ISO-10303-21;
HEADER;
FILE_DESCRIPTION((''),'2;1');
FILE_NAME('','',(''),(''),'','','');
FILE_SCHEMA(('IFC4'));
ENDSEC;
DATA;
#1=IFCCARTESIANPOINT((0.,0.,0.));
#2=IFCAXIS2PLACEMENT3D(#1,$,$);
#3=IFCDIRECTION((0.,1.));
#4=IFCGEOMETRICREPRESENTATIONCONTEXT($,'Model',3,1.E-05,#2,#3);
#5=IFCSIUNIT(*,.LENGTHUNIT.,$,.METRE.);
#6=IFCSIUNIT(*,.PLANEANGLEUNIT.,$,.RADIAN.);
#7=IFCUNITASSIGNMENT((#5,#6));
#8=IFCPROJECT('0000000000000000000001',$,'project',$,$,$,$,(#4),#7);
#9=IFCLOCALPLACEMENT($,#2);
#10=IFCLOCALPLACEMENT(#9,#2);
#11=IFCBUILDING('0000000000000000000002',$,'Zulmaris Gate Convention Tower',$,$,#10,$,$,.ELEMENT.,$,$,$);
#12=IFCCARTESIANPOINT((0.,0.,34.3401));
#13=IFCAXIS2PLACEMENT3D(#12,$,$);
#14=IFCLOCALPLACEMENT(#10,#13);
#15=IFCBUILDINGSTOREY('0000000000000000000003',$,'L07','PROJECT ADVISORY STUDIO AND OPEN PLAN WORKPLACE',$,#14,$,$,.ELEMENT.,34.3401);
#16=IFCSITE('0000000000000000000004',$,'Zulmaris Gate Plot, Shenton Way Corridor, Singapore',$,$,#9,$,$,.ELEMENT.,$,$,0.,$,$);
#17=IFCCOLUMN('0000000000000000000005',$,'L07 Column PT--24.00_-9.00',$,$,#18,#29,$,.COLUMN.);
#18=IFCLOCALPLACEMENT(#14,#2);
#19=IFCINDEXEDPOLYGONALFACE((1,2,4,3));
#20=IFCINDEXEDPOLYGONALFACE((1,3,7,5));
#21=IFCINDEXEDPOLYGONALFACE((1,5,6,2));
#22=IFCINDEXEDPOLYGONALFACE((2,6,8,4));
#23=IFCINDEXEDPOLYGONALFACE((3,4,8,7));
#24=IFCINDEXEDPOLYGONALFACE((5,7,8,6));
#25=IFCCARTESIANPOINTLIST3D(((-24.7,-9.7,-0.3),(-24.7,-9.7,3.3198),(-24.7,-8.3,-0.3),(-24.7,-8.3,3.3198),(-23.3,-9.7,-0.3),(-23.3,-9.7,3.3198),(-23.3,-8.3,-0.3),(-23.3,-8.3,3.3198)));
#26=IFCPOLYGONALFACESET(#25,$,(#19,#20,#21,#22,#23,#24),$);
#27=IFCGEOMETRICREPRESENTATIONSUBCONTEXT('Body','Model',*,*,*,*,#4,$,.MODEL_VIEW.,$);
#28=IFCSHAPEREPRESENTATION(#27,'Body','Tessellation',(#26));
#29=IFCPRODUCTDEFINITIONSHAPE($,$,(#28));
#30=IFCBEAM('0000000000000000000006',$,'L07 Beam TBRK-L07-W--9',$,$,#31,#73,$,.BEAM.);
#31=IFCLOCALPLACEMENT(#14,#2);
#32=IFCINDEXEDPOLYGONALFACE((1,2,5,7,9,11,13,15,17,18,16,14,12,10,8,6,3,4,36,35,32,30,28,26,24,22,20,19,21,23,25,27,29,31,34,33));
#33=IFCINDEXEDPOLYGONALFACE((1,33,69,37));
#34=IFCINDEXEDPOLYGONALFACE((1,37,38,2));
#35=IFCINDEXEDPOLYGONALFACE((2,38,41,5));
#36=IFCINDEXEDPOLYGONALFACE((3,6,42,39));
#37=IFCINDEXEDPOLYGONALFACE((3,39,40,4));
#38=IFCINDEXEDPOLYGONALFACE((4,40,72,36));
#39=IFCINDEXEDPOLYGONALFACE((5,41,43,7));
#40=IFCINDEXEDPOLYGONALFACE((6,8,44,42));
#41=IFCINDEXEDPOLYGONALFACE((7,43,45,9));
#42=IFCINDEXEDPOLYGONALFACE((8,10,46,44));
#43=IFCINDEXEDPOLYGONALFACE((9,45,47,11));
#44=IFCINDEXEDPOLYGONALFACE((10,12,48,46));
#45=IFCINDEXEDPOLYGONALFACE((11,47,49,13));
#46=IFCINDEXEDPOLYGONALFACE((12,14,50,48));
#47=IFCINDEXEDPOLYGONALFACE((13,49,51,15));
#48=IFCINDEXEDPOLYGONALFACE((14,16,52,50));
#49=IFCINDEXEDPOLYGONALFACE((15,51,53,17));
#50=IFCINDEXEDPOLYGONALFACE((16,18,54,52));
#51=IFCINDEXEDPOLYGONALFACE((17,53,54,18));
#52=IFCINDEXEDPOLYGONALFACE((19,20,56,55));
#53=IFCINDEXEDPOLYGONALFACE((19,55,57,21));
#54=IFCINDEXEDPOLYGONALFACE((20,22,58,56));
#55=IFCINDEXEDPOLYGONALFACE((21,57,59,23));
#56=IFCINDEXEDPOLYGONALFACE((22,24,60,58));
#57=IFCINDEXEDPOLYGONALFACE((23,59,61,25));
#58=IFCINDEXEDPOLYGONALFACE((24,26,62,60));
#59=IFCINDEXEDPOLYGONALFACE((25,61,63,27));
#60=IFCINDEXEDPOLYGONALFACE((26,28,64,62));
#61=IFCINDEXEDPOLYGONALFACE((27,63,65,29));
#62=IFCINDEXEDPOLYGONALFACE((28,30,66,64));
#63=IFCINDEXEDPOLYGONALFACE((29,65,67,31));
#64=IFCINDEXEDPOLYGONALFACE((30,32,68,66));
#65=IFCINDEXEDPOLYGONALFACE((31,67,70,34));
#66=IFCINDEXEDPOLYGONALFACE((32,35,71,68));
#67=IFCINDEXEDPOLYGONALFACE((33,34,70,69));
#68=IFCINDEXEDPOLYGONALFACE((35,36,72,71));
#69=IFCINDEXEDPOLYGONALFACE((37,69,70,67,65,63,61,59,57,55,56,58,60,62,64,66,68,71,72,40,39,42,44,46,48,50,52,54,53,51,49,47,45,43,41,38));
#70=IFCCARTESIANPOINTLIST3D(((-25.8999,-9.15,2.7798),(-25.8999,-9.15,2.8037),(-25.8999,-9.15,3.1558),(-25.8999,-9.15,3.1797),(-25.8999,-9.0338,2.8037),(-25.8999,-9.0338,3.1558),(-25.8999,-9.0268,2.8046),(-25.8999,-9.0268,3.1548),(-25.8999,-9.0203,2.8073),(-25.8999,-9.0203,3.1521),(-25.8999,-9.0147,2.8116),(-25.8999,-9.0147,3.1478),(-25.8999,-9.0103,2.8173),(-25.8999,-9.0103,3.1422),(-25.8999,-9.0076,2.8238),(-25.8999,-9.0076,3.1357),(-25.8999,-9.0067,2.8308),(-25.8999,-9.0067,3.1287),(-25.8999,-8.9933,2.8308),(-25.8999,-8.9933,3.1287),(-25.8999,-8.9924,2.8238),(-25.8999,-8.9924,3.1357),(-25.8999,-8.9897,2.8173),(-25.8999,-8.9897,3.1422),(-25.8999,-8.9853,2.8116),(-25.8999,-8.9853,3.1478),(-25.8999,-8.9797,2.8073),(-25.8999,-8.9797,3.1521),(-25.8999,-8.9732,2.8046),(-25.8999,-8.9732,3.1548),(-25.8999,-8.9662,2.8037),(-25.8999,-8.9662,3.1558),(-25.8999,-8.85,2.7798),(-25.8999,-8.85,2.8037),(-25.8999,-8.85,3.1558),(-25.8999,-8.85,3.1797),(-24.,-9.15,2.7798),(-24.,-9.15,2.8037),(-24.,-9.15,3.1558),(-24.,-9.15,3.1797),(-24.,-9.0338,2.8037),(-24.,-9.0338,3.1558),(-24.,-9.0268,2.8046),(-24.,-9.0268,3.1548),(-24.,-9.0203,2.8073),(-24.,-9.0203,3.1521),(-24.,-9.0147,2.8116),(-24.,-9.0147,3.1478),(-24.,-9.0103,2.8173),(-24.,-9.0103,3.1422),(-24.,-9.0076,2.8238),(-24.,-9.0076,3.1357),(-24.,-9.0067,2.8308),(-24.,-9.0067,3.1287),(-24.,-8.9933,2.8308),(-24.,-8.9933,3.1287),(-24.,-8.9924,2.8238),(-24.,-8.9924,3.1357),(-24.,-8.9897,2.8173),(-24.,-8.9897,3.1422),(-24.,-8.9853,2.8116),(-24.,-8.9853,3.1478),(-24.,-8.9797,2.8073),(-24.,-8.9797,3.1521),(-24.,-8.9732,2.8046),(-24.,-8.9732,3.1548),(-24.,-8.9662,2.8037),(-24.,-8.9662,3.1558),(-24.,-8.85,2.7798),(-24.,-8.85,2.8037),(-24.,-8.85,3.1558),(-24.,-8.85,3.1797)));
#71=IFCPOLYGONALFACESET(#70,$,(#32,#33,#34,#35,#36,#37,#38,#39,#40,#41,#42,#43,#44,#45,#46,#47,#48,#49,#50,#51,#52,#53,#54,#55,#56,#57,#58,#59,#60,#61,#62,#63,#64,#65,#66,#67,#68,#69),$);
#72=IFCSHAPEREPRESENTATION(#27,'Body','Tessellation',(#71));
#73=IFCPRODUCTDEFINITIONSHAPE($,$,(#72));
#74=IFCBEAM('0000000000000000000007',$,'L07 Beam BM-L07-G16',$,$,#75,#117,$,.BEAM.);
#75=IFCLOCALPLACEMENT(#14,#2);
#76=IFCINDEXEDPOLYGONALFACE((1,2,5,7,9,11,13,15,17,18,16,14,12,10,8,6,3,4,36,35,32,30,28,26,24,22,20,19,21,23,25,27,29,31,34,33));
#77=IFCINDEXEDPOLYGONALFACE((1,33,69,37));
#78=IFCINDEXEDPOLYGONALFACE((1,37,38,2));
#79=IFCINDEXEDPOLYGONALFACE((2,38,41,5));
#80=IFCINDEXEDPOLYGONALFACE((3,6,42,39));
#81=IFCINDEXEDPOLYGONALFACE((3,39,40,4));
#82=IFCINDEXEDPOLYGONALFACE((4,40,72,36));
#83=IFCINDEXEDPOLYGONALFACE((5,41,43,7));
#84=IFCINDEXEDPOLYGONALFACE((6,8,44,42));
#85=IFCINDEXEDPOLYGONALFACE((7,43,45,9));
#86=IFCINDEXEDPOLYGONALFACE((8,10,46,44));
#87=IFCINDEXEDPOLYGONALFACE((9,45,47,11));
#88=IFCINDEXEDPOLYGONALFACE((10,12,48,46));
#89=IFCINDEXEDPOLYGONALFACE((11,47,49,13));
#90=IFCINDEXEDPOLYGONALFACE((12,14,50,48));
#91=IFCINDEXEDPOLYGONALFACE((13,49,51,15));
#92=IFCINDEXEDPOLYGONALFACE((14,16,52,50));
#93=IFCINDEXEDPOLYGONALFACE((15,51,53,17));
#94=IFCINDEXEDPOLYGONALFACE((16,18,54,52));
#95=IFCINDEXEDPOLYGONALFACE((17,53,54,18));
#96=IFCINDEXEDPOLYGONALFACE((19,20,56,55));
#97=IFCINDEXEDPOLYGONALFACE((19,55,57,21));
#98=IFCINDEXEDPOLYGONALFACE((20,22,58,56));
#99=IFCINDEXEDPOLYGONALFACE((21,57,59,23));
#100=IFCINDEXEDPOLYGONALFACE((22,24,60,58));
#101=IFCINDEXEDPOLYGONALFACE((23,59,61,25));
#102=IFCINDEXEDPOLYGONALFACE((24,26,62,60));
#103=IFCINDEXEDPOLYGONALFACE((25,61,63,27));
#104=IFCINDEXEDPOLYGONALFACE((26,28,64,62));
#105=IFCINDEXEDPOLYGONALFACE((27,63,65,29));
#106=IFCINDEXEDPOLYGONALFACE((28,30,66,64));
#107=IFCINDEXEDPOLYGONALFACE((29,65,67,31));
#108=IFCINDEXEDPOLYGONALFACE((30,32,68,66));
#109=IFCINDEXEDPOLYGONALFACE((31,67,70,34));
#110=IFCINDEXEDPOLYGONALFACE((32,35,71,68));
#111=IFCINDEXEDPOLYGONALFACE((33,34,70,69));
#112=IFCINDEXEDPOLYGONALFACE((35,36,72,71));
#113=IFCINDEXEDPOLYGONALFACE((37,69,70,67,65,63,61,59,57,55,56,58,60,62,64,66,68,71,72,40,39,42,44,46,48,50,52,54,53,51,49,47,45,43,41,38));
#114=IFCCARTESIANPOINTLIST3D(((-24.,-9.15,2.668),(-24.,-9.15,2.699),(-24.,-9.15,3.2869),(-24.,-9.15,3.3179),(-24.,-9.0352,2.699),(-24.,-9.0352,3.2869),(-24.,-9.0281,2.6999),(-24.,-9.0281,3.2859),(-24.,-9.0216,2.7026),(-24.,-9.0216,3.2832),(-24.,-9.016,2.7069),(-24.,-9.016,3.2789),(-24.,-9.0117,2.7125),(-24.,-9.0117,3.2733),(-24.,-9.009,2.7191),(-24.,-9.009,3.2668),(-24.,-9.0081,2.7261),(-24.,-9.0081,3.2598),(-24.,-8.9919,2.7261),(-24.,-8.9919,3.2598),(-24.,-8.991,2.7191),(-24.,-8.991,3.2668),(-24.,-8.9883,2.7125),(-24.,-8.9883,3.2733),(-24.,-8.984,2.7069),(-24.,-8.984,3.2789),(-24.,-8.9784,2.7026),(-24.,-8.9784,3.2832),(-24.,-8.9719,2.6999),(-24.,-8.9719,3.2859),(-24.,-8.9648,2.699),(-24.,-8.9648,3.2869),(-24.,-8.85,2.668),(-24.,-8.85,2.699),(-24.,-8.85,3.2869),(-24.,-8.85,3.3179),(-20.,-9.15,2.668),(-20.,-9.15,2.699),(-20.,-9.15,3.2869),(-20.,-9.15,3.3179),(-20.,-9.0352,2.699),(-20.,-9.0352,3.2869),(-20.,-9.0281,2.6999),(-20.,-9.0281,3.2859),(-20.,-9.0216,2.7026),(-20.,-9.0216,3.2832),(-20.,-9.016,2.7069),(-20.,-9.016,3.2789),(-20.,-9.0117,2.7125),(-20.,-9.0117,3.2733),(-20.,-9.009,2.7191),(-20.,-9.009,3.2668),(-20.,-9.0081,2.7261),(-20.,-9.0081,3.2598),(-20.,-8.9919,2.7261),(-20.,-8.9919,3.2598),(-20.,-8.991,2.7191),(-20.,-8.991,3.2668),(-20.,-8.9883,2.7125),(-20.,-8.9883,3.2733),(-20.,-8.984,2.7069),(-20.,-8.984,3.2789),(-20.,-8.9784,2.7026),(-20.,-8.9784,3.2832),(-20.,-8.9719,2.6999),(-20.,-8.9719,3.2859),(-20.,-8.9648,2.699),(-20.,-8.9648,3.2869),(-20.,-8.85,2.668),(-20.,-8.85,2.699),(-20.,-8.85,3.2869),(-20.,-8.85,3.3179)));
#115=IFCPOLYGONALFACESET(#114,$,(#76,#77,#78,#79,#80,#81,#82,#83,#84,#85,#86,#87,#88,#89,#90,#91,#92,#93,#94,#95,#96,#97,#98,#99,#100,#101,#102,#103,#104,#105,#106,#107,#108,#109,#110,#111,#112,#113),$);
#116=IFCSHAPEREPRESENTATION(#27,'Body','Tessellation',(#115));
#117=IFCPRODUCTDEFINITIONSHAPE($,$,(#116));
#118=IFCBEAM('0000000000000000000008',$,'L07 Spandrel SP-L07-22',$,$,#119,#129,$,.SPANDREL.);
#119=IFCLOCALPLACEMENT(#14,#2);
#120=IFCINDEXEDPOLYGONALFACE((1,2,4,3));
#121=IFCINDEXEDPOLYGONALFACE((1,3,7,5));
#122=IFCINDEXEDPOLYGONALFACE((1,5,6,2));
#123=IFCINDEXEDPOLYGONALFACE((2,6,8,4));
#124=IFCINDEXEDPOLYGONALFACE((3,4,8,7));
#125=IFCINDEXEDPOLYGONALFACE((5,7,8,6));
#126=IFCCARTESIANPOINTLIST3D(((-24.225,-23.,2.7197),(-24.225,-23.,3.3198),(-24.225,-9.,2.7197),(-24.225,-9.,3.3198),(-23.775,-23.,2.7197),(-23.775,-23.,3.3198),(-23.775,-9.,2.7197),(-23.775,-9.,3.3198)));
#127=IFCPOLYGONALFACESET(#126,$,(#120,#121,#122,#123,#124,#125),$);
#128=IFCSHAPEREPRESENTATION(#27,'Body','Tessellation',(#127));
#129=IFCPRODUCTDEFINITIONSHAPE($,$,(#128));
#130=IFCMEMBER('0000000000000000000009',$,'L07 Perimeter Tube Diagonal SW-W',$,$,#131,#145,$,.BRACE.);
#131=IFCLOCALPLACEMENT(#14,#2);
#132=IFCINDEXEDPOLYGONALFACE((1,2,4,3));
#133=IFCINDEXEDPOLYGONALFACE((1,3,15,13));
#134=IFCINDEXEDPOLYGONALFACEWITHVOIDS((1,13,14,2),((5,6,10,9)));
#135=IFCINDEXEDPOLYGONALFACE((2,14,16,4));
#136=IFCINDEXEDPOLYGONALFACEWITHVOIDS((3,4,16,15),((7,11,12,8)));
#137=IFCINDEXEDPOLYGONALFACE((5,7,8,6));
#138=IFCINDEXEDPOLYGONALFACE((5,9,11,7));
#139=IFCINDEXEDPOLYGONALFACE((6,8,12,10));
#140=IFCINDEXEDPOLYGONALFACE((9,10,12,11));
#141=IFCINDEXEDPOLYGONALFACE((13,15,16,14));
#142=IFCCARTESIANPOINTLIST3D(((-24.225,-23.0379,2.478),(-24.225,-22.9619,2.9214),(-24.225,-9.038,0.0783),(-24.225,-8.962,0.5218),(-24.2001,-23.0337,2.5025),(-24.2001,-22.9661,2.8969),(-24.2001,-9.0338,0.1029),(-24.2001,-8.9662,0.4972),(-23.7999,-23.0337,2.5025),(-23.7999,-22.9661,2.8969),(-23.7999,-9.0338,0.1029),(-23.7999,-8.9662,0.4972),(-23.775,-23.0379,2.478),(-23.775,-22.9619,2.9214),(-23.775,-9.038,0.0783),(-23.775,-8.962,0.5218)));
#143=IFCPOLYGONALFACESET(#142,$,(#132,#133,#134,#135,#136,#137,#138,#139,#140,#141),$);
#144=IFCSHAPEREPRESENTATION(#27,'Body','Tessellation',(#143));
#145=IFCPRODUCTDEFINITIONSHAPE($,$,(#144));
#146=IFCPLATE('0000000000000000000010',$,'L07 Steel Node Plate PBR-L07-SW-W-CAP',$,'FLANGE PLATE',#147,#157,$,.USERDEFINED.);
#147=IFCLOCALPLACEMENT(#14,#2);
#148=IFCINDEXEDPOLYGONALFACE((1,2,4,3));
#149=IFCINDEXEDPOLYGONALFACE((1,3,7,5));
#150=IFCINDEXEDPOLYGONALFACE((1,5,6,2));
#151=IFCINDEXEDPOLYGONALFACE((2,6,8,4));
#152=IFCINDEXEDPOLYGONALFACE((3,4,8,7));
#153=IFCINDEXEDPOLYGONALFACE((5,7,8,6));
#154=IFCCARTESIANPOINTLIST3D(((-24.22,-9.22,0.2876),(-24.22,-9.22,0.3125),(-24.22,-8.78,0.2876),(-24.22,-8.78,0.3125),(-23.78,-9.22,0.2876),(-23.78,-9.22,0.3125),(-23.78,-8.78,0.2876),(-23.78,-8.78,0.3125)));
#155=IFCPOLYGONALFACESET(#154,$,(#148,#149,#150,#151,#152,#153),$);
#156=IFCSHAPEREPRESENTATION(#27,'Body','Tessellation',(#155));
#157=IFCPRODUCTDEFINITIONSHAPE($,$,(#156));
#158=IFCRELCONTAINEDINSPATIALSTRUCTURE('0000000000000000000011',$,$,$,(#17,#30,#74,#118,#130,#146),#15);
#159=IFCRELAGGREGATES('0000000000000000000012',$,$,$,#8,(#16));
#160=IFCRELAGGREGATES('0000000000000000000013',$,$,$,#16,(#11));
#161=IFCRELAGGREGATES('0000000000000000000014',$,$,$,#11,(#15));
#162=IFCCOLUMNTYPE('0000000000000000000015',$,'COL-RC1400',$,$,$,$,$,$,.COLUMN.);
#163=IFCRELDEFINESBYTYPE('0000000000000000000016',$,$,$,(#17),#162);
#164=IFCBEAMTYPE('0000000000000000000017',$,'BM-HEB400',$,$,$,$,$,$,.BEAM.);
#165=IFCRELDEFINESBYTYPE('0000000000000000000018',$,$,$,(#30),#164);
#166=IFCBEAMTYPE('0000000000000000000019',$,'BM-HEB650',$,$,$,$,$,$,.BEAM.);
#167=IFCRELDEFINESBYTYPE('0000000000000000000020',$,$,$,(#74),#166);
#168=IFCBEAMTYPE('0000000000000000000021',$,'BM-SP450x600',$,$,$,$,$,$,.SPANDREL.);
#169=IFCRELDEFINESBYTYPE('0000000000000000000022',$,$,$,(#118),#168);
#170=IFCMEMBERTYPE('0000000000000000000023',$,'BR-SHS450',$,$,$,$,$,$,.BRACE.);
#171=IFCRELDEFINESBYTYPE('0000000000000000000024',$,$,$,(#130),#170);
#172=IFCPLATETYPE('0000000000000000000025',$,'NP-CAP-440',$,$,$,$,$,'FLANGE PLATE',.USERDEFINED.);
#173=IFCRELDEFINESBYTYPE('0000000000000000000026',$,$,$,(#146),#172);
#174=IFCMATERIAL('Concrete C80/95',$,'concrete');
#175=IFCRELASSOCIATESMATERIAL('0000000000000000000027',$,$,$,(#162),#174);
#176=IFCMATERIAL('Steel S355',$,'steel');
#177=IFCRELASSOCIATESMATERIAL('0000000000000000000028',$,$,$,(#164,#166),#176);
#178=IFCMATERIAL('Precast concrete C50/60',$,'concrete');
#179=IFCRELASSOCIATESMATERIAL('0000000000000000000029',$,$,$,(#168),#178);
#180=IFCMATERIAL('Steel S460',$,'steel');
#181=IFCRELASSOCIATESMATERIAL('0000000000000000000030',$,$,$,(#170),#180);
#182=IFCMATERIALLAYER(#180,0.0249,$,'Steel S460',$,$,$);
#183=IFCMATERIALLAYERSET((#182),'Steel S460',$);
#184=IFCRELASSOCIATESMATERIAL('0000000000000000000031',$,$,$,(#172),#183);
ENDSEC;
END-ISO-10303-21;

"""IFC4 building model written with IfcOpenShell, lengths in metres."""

from ifc_helpers import new_model, si_unit, direction, frame, origin, origin_2d, place, context, subcontext, project, spatial, rectangle, hollow_rectangle, i_section, extrude, material, layer, layer_set, material_profile, profile_set, type_object, element, save


model = new_model("IFC4")

# Units and contexts
model_context = context("Model", 3, precision=1e-05, world=origin(), true_north=direction((0.0, 1.0)))
body_context = subcontext(model_context, "Body", "Model", "MODEL_VIEW")
ifc_project = project(units=[si_unit("LENGTHUNIT", "METRE"), si_unit("PLANEANGLEUNIT", "RADIAN")], contexts=[model_context])

# Site, building, storey
site_placement = place(None, origin())
site = spatial("IfcSite", under=ifc_project, at=site_placement, Name="Zulmaris Gate Plot, Shenton Way Corridor, Singapore", CompositionType="ELEMENT", RefElevation=0.0)
building_placement = place(site_placement, origin())
building = spatial("IfcBuilding", under=site, at=building_placement, Name="Zulmaris Gate Convention Tower", CompositionType="ELEMENT")
storey_placement = place(building_placement, frame((0.0, 0.0, 34.3401)))
storey = spatial("IfcBuildingStorey", under=building, at=storey_placement, Name="L07", Description="PROJECT ADVISORY STUDIO AND OPEN PLAN WORKPLACE", CompositionType="ELEMENT", Elevation=34.3401)

# Column
ifc_material_1 = material(Name="Concrete C80/95", Category="concrete")
ifc_material_profile_1 = material_profile(ifc_material_1, rectangle(XDim=1.3999, YDim=1.3999, at=origin_2d()), Name="RC COL 1400x1400")
ifc_profile_set_1 = profile_set([ifc_material_profile_1], Name="Concrete C80/95")
column_type = type_object("IfcColumnType", Name="COL-RC1400", PredefinedType="COLUMN", material=ifc_profile_set_1)
column_placement = place(storey_placement, frame((-24.0, -9.0, -0.3), z_axis=(0.0, 0.0, 1.0), x_axis=(1.0, 0.0, 0.0)))
element("IfcColumn", 1, at=column_placement, inside=storey, type_object=column_type, Name="L07 Column PT--24.00_-9.00", PredefinedType="COLUMN", context=body_context, shape_type="SweptSolid", body=[
    extrude(rectangle(XDim=1.3999, YDim=1.3999, at=origin_2d()), origin(), (0.0, 0.0, 1.0), 3.6199),
])

# Beams
ifc_material_2 = material(Name="Steel S355", Category="steel")
ifc_material_profile_2 = material_profile(ifc_material_2, i_section(OverallWidth=0.3, OverallDepth=0.3999, WebThickness=0.0134, FlangeThickness=0.0239, FilletRadius=0.0271, at=origin_2d()), Name="HEB 400")
ifc_profile_set_2 = profile_set([ifc_material_profile_2], Name="Steel S355")
beam_type_1 = type_object("IfcBeamType", Name="BM-HEB400", PredefinedType="BEAM", material=ifc_profile_set_2)
beam_1_placement = place(storey_placement, frame((-25.8999, -9.0, 2.9797), z_axis=(1.0, 0.0, 0.0), x_axis=(0.0, 1.0, 0.0)))
element("IfcBeam", 2, at=beam_1_placement, inside=storey, type_object=beam_type_1, Name="L07 Beam TBRK-L07-W--9", PredefinedType="BEAM", context=body_context, shape_type="SweptSolid", body=[
    extrude(i_section(OverallWidth=0.3, OverallDepth=0.3999, WebThickness=0.0134, FlangeThickness=0.0239, FilletRadius=0.0271, at=origin_2d()), origin(), (0.0, 0.0, 1.0), 1.8999),
])
ifc_material_profile_3 = material_profile(ifc_material_2, i_section(OverallWidth=0.3, OverallDepth=0.6499, WebThickness=0.0161, FlangeThickness=0.031, FilletRadius=0.0271, at=origin_2d()), Name="HEB 650")
ifc_profile_set_3 = profile_set([ifc_material_profile_3], Name="Steel S355")
beam_type_2 = type_object("IfcBeamType", Name="BM-HEB650", PredefinedType="BEAM", material=ifc_profile_set_3)
beam_2_placement = place(storey_placement, frame((-24.0, -9.0, 2.9929), z_axis=(1.0, 0.0, 0.0), x_axis=(0.0, 1.0, 0.0)))
element("IfcBeam", 3, at=beam_2_placement, inside=storey, type_object=beam_type_2, Name="L07 Beam BM-L07-G16", PredefinedType="BEAM", context=body_context, shape_type="SweptSolid", body=[
    extrude(i_section(OverallWidth=0.3, OverallDepth=0.6499, WebThickness=0.0161, FlangeThickness=0.031, FilletRadius=0.0271, at=origin_2d()), origin(), (0.0, 0.0, 1.0), 4.0),
])
ifc_material_3 = material(Name="Precast concrete C50/60", Category="concrete")
ifc_material_profile_4 = material_profile(ifc_material_3, rectangle(XDim=0.45, YDim=0.6001, at=origin_2d()), Name="RC SPANDREL 450x600")
ifc_profile_set_4 = profile_set([ifc_material_profile_4], Name="Precast concrete C50/60")
beam_type_3 = type_object("IfcBeamType", Name="BM-SP450x600", PredefinedType="SPANDREL", material=ifc_profile_set_4)
beam_3_placement = place(storey_placement, frame((-24.0, -9.0, 3.0198), z_axis=(0.0, -1.0, 0.0), x_axis=(1.0, 0.0, 0.0)))
element("IfcBeam", 4, at=beam_3_placement, inside=storey, type_object=beam_type_3, Name="L07 Spandrel SP-L07-22", PredefinedType="SPANDREL", context=body_context, shape_type="SweptSolid", body=[
    extrude(rectangle(XDim=0.45, YDim=0.6001, at=origin_2d()), origin(), (0.0, 0.0, 1.0), 14.0),
])

# Member
ifc_material_4 = material(Name="Steel S460", Category="steel")
ifc_material_profile_5 = material_profile(ifc_material_4, hollow_rectangle(XDim=0.45, YDim=0.45, WallThickness=0.0249, at=origin_2d()), Name="SHS 450x450x25")
ifc_profile_set_5 = profile_set([ifc_material_profile_5], Name="Steel S460")
member_type = type_object("IfcMemberType", Name="BR-SHS450", PredefinedType="BRACE", material=ifc_profile_set_5)
member_placement = place(storey_placement, frame((-24.0, -9.0, 0.3), z_axis=(0.0, -0.985626, 0.16894), x_axis=(1.0, 0.0, 0.0)))
element("IfcMember", 5, at=member_placement, inside=storey, type_object=member_type, Name="L07 Perimeter Tube Diagonal SW-W", PredefinedType="BRACE", context=body_context, shape_type="SweptSolid", body=[
    extrude(hollow_rectangle(XDim=0.45, YDim=0.45, WallThickness=0.0249, at=origin_2d()), origin(), (0.0, 0.0, 1.0), 14.2041),
])

# Plate
ifc_layer_1 = layer(ifc_material_4, 0.0249, Name="Steel S460")
ifc_layer_set_1 = layer_set([ifc_layer_1], Name="Steel S460")
plate_type = type_object("IfcPlateType", Name="NP-CAP-440", ElementType="FLANGE PLATE", PredefinedType="USERDEFINED", material=ifc_layer_set_1)
plate_placement = place(storey_placement, frame((-24.0, -9.0, 0.2876), z_axis=(0.0, 0.0, 1.0), x_axis=(1.0, 0.0, 0.0)))
element("IfcPlate", 6, at=plate_placement, inside=storey, type_object=plate_type, Name="L07 Steel Node Plate PBR-L07-SW-W-CAP", ObjectType="FLANGE PLATE", PredefinedType="USERDEFINED", context=body_context, shape_type="SweptSolid", body=[
    extrude(rectangle(XDim=0.4399, YDim=0.4399, at=origin_2d()), origin(), (0.0, 0.0, 1.0), 0.0249),
])

save(model, "model.ifc")
